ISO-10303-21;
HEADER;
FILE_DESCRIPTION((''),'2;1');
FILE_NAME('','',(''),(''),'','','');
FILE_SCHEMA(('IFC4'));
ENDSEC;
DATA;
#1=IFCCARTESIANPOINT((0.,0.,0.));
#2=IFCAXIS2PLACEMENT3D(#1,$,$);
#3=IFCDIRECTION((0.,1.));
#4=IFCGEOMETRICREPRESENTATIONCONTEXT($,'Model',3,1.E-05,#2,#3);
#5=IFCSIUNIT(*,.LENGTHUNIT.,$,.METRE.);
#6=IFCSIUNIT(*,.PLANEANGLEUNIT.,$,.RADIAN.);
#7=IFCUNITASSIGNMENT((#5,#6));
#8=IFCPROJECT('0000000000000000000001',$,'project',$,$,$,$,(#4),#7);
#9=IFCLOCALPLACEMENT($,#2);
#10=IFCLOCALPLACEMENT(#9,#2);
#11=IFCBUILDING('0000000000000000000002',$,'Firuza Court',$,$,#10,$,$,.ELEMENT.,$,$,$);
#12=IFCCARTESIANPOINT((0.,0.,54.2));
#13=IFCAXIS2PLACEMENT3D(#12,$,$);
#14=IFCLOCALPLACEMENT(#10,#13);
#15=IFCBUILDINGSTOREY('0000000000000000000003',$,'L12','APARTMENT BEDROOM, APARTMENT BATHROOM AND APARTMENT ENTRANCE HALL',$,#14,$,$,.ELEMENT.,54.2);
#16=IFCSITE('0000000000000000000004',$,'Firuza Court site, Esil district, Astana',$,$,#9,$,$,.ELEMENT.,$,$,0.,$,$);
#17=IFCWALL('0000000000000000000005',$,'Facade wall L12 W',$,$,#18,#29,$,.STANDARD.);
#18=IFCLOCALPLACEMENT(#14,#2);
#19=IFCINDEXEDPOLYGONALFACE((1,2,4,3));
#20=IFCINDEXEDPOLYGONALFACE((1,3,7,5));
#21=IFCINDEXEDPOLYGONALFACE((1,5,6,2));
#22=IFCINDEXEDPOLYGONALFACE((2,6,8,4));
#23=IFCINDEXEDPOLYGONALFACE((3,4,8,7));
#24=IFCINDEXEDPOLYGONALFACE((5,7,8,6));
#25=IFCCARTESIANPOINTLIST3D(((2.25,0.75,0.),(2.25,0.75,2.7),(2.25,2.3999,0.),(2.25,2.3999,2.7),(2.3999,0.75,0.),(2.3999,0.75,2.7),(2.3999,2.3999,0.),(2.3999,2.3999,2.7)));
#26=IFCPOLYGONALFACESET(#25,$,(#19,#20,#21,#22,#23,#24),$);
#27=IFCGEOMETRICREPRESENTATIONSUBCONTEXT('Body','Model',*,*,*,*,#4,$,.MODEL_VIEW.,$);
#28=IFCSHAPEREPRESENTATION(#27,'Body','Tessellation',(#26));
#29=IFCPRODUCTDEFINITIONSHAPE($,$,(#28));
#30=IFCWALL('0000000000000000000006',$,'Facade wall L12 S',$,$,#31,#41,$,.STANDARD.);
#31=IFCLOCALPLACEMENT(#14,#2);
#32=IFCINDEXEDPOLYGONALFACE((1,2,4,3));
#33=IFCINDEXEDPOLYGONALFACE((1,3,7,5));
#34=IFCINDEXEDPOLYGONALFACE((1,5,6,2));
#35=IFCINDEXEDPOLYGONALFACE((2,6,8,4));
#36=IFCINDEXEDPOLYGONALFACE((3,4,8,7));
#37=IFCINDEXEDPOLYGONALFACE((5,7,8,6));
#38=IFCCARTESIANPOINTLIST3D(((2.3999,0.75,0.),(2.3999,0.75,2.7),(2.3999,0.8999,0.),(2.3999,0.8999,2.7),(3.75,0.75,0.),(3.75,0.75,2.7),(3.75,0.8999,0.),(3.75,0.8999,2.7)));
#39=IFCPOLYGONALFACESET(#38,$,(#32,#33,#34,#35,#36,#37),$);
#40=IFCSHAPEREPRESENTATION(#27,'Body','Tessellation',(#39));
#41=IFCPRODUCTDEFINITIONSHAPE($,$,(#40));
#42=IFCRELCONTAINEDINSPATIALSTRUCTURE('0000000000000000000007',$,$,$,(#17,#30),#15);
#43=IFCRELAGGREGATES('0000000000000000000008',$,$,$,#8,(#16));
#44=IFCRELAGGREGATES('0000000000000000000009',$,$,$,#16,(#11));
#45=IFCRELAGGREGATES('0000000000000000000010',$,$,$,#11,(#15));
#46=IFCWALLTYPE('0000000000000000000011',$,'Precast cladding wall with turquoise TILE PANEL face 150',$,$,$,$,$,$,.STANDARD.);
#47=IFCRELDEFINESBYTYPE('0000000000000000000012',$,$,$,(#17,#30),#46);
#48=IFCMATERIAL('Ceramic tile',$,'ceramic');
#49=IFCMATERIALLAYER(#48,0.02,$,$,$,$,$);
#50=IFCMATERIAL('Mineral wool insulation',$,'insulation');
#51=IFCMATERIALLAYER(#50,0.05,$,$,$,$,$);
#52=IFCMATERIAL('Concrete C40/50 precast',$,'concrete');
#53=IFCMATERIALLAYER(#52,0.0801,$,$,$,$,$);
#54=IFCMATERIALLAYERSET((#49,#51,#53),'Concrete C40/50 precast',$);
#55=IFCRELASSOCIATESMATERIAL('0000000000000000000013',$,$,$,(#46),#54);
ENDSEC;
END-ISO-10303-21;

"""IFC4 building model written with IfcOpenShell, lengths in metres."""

from ifc_helpers import new_model, si_unit, direction, frame, frame_2d, origin, place, context, subcontext, project, spatial, rectangle, extrude, material, layer, layer_set, type_object, element, save


model = new_model("IFC4")

# Units and contexts
model_context = context("Model", 3, precision=1e-05, world=origin(), true_north=direction((0.0, 1.0)))
body_context = subcontext(model_context, "Body", "Model", "MODEL_VIEW")
ifc_project = project(units=[si_unit("LENGTHUNIT", "METRE"), si_unit("PLANEANGLEUNIT", "RADIAN")], contexts=[model_context])

# Site, building, storey
site_placement = place(None, origin())
site = spatial("IfcSite", under=ifc_project, at=site_placement, Name="Firuza Court site, Esil district, Astana", CompositionType="ELEMENT", RefElevation=0.0)
building_placement = place(site_placement, origin())
building = spatial("IfcBuilding", under=site, at=building_placement, Name="Firuza Court", CompositionType="ELEMENT")
storey_placement = place(building_placement, frame((0.0, 0.0, 54.2)))
storey = spatial("IfcBuildingStorey", under=building, at=storey_placement, Name="L12", Description="APARTMENT BEDROOM, APARTMENT BATHROOM AND APARTMENT ENTRANCE HALL", CompositionType="ELEMENT", Elevation=54.2)

# Shared definitions
ifc_material_1 = material(Name="Concrete C40/50 precast", Category="concrete")

# Walls
ifc_material_2 = material(Name="Ceramic tile", Category="ceramic")
ifc_layer_1 = layer(ifc_material_2, 0.02)
ifc_material_3 = material(Name="Mineral wool insulation", Category="insulation")
ifc_layer_2 = layer(ifc_material_3, 0.05)
ifc_layer_3 = layer(ifc_material_1, 0.0801)
ifc_layer_set_1 = layer_set([ifc_layer_1, ifc_layer_2, ifc_layer_3], Name="Concrete C40/50 precast")
wall_type_1 = type_object("IfcWallType", Name="Precast cladding wall with turquoise TILE PANEL face 150", PredefinedType="STANDARD", material=ifc_layer_set_1)
wall_1_placement = place(storey_placement, frame((2.325, 2.3999, 0.0), z_axis=(0.0, 0.0, 1.0), x_axis=(0.0, -1.0, 0.0)))
element("IfcWall", 1, at=wall_1_placement, inside=storey, type_object=wall_type_1, Name="Facade wall L12 W", PredefinedType="STANDARD", context=body_context, shape_type="SweptSolid", body=[
    extrude(rectangle(XDim=1.6499, YDim=0.1499, at=frame_2d((0.825, 0.0))), origin(), (0.0, 0.0, 1.0), 2.7),
])
wall_2_placement = place(storey_placement, frame((2.3999, 0.825, 0.0), z_axis=(0.0, 0.0, 1.0), x_axis=(1.0, 0.0, 0.0)))
element("IfcWall", 2, at=wall_2_placement, inside=storey, type_object=wall_type_1, Name="Facade wall L12 S", PredefinedType="STANDARD", context=body_context, shape_type="SweptSolid", body=[
    extrude(rectangle(XDim=1.3501, YDim=0.1499, at=frame_2d((0.675, 0.0))), origin(), (0.0, 0.0, 1.0), 2.7),
])

save(model, "model.ifc")
